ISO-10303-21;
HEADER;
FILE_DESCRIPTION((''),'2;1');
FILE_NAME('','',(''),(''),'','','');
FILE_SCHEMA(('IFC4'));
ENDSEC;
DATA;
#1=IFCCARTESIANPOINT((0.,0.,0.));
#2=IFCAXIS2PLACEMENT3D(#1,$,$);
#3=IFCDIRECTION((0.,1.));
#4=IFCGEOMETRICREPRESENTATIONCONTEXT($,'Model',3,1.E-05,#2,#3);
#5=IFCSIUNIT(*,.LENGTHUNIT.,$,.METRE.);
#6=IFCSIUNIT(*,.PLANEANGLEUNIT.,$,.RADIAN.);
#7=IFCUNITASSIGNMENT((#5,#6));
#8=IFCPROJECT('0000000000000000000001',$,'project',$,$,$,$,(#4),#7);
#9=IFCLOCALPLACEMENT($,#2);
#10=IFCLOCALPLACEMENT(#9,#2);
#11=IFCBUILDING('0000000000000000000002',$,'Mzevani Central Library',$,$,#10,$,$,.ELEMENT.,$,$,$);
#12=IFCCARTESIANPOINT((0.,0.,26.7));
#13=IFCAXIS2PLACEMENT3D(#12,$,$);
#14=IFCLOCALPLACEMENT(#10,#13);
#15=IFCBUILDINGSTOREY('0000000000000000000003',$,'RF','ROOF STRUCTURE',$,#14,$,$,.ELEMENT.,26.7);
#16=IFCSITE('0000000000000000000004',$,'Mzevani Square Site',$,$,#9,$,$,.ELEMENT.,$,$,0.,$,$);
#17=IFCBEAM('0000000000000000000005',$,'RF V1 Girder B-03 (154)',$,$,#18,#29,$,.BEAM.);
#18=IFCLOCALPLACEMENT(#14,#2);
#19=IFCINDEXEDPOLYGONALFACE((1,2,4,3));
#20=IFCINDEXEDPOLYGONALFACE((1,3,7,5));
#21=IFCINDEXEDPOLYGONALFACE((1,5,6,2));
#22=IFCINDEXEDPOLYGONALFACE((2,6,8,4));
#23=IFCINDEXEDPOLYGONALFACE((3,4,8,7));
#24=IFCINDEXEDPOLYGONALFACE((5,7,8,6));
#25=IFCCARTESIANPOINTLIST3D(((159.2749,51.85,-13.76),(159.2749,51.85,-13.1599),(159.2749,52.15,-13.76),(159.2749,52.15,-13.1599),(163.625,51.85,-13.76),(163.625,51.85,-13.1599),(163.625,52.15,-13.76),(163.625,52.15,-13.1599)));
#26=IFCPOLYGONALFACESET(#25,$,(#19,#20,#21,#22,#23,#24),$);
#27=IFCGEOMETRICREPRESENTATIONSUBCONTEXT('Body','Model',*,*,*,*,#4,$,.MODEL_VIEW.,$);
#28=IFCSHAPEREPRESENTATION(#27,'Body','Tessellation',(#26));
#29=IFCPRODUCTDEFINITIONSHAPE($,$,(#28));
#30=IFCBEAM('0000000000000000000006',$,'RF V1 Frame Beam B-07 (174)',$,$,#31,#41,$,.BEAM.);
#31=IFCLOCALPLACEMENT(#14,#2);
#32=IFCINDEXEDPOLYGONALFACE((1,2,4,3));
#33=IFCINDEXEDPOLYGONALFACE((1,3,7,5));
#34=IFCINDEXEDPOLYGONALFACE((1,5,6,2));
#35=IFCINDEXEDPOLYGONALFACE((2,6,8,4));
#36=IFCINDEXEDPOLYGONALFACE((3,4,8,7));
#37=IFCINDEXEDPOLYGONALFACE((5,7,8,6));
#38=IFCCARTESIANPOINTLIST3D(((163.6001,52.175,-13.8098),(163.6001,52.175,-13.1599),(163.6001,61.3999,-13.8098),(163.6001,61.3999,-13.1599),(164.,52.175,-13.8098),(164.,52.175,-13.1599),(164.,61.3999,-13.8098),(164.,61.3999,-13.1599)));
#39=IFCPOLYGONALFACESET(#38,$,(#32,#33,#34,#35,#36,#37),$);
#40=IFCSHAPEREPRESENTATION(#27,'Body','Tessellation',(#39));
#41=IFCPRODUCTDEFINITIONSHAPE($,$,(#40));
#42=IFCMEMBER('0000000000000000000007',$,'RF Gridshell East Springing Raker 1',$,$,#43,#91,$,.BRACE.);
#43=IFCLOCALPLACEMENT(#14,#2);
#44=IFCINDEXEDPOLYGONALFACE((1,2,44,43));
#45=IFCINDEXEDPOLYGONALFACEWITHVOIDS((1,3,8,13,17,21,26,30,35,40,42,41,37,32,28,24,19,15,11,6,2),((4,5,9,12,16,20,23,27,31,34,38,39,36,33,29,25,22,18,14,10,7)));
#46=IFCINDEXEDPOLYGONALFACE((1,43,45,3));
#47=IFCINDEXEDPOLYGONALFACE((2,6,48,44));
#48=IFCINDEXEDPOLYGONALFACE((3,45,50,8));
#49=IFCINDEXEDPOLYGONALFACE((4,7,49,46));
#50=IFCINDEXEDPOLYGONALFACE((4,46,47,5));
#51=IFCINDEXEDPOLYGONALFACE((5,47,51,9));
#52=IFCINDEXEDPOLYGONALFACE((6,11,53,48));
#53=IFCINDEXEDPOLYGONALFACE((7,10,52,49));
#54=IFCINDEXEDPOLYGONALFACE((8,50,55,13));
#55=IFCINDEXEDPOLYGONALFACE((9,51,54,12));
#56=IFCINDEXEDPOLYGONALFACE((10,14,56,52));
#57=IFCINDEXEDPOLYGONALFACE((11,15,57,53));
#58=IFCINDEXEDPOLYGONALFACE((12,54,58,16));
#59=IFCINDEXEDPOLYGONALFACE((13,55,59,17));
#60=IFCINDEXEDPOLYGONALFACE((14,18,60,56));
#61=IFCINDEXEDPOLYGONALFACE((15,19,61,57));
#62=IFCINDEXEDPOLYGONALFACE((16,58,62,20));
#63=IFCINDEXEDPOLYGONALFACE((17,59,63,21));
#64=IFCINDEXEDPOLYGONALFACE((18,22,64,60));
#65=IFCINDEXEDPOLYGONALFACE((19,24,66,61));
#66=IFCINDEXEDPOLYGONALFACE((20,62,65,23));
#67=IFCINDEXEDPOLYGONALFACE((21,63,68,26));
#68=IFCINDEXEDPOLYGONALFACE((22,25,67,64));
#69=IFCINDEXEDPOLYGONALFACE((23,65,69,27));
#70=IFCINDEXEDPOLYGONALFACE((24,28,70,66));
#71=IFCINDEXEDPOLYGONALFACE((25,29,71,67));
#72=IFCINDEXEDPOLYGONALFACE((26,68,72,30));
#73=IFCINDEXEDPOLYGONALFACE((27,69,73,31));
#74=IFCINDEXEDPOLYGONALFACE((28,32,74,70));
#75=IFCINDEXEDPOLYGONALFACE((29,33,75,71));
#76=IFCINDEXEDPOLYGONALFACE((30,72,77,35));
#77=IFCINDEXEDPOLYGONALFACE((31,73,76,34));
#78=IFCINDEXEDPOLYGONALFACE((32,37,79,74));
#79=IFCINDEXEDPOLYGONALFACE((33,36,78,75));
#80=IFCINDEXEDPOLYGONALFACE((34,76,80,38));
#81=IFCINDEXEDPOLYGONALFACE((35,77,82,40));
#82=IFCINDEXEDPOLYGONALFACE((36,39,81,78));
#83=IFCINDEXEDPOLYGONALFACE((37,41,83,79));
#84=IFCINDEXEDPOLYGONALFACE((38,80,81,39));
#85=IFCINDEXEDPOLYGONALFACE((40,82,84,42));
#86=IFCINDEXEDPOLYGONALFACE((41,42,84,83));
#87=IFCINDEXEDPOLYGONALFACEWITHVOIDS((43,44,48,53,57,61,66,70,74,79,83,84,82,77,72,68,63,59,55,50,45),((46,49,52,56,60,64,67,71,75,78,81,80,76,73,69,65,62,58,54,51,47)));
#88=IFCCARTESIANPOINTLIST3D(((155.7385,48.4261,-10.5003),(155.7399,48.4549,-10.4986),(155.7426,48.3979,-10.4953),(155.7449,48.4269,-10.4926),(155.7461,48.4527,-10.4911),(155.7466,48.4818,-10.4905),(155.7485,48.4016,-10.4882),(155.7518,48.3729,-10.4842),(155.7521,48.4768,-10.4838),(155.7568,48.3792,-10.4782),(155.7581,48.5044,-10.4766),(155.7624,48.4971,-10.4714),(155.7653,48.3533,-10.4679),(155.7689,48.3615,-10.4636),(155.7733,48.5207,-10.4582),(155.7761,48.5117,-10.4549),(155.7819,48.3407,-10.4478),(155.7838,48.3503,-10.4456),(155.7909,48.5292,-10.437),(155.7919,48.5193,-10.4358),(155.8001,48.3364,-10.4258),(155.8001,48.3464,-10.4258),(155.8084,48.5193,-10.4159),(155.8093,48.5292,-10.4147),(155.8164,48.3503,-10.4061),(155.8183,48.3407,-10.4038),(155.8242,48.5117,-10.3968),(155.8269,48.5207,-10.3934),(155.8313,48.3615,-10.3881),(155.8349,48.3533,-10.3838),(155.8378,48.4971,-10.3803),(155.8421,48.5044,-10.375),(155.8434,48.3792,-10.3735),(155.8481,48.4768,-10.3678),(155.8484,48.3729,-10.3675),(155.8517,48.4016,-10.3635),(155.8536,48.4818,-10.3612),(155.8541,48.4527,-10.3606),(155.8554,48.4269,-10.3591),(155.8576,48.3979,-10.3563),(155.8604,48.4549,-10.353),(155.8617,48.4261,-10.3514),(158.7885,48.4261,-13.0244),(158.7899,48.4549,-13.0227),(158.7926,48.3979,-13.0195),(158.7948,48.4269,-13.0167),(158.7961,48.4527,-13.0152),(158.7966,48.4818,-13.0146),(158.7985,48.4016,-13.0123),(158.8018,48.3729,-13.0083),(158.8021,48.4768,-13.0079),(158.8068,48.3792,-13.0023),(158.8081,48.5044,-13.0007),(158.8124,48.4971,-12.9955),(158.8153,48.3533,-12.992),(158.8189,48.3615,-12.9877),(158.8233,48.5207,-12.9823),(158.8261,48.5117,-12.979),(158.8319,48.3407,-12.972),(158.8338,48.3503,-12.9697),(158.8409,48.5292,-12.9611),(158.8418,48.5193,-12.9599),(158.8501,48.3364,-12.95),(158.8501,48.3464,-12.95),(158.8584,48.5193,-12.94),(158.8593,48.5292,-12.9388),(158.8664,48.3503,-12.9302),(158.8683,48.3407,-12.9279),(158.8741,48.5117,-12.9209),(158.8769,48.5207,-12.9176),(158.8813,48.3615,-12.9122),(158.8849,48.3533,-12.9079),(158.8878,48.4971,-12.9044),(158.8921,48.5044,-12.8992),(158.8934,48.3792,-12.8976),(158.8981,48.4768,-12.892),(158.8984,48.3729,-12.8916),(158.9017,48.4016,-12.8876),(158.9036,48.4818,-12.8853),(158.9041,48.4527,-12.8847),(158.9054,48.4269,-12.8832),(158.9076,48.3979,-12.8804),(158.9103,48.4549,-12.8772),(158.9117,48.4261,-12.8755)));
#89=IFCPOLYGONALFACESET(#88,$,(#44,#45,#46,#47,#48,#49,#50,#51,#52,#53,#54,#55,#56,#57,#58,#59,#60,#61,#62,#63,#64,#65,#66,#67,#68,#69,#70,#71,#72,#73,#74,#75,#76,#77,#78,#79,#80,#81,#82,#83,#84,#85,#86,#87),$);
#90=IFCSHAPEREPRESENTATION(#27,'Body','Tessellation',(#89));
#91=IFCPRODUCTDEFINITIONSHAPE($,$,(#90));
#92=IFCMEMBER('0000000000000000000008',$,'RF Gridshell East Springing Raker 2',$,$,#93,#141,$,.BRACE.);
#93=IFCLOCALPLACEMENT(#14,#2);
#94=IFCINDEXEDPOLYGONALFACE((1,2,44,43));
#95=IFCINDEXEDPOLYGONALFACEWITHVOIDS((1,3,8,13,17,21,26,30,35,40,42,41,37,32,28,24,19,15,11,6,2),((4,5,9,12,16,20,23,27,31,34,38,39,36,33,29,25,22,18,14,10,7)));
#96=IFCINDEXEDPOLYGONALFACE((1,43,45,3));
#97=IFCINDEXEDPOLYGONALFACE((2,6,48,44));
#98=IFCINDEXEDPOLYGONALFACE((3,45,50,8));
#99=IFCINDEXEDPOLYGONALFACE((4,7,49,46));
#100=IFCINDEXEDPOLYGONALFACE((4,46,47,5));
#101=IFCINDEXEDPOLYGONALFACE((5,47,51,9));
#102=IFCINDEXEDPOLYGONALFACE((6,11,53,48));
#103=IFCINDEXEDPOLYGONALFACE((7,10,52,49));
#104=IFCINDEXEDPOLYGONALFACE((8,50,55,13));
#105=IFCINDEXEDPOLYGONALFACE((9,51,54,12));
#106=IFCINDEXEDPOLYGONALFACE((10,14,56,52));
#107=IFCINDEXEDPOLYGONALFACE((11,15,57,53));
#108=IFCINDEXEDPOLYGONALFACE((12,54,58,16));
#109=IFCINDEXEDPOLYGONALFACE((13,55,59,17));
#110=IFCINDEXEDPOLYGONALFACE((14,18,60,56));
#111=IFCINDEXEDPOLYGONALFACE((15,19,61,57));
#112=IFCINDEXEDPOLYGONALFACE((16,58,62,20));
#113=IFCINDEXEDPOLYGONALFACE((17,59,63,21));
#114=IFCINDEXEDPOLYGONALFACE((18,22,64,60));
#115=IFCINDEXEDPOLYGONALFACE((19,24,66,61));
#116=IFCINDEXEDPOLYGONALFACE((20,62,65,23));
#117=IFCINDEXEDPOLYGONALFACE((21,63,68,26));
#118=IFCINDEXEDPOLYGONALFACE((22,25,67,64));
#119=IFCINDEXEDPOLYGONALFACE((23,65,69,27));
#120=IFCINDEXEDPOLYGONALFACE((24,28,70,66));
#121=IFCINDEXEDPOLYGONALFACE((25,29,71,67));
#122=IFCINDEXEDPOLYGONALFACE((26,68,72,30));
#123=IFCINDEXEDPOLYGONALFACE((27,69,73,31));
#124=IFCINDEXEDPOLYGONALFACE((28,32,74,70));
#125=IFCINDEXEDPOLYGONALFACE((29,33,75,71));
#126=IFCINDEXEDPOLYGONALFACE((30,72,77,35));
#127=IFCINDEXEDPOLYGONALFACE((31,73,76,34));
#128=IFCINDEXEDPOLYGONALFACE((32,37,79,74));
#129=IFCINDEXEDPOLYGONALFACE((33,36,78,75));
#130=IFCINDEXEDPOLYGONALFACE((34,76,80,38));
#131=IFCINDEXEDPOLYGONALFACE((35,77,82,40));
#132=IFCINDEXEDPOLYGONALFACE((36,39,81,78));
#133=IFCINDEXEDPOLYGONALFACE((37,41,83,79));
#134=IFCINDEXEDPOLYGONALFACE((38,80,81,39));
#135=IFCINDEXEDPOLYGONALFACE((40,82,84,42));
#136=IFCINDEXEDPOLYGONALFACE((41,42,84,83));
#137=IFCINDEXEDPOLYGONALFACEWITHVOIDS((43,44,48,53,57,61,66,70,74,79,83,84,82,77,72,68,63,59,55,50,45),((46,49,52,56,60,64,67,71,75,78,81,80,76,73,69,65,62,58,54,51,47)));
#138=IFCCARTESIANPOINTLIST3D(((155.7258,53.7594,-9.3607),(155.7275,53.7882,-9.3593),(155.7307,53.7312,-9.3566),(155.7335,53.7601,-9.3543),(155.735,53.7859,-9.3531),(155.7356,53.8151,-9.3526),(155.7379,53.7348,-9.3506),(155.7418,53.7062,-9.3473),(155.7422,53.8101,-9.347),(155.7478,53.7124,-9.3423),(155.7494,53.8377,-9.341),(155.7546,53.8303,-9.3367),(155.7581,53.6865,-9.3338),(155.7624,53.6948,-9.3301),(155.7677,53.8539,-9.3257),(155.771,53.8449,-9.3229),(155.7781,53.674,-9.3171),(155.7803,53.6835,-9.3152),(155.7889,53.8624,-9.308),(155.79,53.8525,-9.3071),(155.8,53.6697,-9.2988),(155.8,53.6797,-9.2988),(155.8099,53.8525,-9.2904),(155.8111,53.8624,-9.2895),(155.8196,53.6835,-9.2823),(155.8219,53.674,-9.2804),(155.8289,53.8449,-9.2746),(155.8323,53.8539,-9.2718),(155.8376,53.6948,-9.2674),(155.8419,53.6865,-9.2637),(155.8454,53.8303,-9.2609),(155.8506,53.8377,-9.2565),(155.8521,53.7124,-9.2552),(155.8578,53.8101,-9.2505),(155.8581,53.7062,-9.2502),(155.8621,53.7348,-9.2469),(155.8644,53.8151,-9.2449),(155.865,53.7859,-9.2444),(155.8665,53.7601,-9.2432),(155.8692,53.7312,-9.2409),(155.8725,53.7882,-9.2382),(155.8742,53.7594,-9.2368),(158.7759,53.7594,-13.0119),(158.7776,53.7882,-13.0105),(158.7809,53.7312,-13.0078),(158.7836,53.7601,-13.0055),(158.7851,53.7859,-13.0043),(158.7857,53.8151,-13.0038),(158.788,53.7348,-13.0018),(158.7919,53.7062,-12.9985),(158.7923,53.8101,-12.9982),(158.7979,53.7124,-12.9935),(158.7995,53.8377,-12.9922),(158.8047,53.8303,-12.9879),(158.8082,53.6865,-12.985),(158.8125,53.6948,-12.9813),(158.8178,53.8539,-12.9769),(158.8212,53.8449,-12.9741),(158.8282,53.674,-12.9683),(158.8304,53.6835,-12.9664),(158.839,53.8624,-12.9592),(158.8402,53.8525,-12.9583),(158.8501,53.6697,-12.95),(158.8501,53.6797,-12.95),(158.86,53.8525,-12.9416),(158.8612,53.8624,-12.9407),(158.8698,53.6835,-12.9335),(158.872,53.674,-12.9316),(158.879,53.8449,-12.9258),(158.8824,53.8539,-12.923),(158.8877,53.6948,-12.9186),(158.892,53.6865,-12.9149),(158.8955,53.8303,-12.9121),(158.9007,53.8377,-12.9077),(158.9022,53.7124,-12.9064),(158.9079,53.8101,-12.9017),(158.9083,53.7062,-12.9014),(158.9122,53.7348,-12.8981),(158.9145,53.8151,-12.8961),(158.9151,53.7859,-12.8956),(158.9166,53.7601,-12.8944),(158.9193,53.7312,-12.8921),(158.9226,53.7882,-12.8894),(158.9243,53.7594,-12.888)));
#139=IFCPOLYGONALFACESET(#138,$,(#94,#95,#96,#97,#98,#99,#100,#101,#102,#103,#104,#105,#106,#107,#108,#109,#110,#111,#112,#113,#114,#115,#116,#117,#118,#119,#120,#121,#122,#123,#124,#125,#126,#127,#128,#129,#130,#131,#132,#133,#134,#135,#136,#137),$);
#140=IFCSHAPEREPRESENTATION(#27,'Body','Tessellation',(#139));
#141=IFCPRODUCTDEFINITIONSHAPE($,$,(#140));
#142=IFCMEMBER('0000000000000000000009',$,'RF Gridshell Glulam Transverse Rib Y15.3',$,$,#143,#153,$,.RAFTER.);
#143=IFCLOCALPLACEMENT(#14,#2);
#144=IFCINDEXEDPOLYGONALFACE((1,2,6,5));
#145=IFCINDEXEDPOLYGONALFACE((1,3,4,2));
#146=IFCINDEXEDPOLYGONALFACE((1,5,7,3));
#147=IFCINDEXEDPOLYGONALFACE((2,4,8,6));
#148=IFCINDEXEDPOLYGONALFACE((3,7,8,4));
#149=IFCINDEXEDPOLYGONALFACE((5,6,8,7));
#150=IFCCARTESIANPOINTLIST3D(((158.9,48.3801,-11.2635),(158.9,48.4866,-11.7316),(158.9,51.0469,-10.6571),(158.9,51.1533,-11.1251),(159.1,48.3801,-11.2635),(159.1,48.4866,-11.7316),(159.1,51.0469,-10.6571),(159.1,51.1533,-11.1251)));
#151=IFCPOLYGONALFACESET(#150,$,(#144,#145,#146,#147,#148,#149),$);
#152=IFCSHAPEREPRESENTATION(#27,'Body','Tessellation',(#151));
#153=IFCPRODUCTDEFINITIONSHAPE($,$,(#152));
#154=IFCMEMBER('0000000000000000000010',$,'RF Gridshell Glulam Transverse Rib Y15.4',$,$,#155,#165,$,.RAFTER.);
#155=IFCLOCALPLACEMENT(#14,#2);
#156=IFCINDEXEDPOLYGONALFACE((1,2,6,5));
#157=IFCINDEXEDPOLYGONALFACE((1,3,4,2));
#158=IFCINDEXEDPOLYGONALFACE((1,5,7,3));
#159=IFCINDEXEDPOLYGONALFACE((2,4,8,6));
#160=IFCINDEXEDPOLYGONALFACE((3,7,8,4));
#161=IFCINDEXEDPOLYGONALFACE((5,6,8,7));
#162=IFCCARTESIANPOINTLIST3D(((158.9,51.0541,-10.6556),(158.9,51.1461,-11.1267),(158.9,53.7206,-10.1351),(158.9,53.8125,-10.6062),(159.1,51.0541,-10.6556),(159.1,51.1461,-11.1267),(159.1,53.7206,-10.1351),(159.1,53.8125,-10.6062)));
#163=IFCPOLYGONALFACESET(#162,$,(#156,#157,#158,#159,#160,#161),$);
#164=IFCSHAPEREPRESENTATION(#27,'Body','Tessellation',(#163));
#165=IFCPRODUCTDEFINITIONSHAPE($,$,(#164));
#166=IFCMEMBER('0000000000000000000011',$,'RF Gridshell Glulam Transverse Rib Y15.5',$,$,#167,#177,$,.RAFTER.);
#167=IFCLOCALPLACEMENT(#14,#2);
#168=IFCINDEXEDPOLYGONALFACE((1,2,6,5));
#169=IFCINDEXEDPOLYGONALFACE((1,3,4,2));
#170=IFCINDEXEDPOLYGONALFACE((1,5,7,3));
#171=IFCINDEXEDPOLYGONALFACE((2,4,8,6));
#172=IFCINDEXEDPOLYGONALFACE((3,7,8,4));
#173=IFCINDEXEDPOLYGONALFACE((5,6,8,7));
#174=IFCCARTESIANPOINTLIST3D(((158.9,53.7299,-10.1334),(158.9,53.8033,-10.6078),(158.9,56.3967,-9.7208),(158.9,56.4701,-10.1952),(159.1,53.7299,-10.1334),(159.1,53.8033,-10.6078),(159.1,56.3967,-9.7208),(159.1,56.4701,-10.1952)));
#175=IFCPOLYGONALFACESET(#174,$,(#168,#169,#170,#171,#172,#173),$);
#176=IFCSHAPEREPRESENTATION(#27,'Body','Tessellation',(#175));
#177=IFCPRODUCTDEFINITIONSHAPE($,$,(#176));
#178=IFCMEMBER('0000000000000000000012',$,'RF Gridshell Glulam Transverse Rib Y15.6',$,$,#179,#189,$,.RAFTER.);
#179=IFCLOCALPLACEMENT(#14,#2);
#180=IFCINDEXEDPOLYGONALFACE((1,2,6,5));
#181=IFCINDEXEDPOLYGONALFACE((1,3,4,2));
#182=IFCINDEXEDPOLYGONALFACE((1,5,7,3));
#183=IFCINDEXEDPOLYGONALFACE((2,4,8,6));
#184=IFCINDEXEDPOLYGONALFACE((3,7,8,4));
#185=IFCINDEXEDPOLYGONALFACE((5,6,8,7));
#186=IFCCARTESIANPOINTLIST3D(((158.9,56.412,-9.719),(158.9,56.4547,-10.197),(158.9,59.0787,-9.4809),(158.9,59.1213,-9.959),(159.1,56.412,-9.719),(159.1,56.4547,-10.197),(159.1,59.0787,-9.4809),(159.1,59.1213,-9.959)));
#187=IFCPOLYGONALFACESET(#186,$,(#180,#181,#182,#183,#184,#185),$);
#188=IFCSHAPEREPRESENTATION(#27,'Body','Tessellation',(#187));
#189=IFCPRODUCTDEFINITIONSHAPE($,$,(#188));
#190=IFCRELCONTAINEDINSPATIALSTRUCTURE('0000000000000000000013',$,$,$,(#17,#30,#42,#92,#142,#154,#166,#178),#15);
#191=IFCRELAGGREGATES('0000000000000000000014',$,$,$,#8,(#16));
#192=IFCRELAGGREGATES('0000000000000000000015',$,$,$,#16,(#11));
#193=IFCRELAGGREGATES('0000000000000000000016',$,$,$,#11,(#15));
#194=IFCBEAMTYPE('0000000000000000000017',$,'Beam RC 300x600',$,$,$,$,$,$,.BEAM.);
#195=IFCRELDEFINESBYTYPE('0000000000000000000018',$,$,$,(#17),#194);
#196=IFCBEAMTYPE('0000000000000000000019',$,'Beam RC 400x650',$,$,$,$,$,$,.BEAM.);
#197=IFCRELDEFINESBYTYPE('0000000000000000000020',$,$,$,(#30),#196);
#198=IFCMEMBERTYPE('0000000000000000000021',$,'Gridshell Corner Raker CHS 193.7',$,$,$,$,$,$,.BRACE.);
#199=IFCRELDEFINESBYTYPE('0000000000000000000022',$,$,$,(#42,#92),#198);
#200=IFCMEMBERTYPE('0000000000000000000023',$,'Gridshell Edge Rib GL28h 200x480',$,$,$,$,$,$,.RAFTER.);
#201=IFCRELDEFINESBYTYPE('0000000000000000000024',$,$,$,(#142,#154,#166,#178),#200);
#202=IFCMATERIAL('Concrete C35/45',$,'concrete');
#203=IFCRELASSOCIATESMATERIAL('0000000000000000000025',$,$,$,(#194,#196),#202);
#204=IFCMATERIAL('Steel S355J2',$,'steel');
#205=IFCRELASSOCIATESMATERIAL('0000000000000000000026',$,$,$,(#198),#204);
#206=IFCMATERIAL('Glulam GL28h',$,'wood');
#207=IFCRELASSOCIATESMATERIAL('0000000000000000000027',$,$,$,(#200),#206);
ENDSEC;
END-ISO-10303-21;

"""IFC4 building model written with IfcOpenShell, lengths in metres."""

from ifc_helpers import new_model, si_unit, direction, frame, origin, origin_2d, place, context, subcontext, project, spatial, rectangle, hollow_circle, extrude, material, material_profile, profile_set, type_object, element, save


model = new_model("IFC4")

# Units and contexts
model_context = context("Model", 3, precision=1e-05, world=origin(), true_north=direction((0.0, 1.0)))
body_context = subcontext(model_context, "Body", "Model", "MODEL_VIEW")
ifc_project = project(units=[si_unit("LENGTHUNIT", "METRE"), si_unit("PLANEANGLEUNIT", "RADIAN")], contexts=[model_context])

# Site, building, storey
site_placement = place(None, origin())
site = spatial("IfcSite", under=ifc_project, at=site_placement, Name="Mzevani Square Site", CompositionType="ELEMENT", RefElevation=0.0)
building_placement = place(site_placement, origin())
building = spatial("IfcBuilding", under=site, at=building_placement, Name="Mzevani Central Library", CompositionType="ELEMENT")
storey_placement = place(building_placement, frame((0.0, 0.0, 26.7)))
storey = spatial("IfcBuildingStorey", under=building, at=storey_placement, Name="RF", Description="ROOF STRUCTURE", CompositionType="ELEMENT", Elevation=26.7)

# Beams
ifc_material_1 = material(Name="Concrete C35/45", Category="concrete")
ifc_material_profile_1 = material_profile(ifc_material_1, rectangle(XDim=0.3, YDim=0.6001, at=origin_2d()), Name="RC B300x600")
ifc_profile_set_1 = profile_set([ifc_material_profile_1], Name="Concrete C35/45")
beam_type_1 = type_object("IfcBeamType", Name="Beam RC 300x600", PredefinedType="BEAM", material=ifc_profile_set_1)
beam_1_placement = place(storey_placement, frame((159.2749, 52.0, -13.46), z_axis=(1.0, 0.0, 0.0), x_axis=(0.0, 1.0, 0.0)))
element("IfcBeam", 1, at=beam_1_placement, inside=storey, type_object=beam_type_1, Name="RF V1 Girder B-03 (154)", PredefinedType="BEAM", context=body_context, shape_type="SweptSolid", body=[
    extrude(rectangle(XDim=0.3, YDim=0.6001, at=origin_2d()), origin(), (0.0, 0.0, 1.0), 4.3501),
])
ifc_material_profile_2 = material_profile(ifc_material_1, rectangle(XDim=0.3999, YDim=0.6499, at=origin_2d()), Name="RC B400x650")
ifc_profile_set_2 = profile_set([ifc_material_profile_2], Name="Concrete C35/45")
beam_type_2 = type_object("IfcBeamType", Name="Beam RC 400x650", PredefinedType="BEAM", material=ifc_profile_set_2)
beam_2_placement = place(storey_placement, frame((163.8, 52.175, -13.4849), z_axis=(0.0, 1.0, 0.0), x_axis=(-1.0, 0.0, 0.0)))
element("IfcBeam", 2, at=beam_2_placement, inside=storey, type_object=beam_type_2, Name="RF V1 Frame Beam B-07 (174)", PredefinedType="BEAM", context=body_context, shape_type="SweptSolid", body=[
    extrude(rectangle(XDim=0.3999, YDim=0.6499, at=origin_2d()), origin(), (0.0, 0.0, 1.0), 9.2249),
])

# Members
ifc_material_2 = material(Name="Steel S355J2", Category="steel")
ifc_material_profile_3 = material_profile(ifc_material_2, hollow_circle(Radius=0.0969, WallThickness=0.01, at=origin_2d()), Name="CHS 193.7x10.0")
ifc_profile_set_3 = profile_set([ifc_material_profile_3], Name="Steel S355J2")
member_type_1 = type_object("IfcMemberType", Name="Gridshell Corner Raker CHS 193.7", PredefinedType="BRACE", material=ifc_profile_set_3)
member_1_placement = place(storey_placement, frame((158.8501, 48.4333, -12.95), z_axis=(-0.770395, 0.0, 0.637566), x_axis=(0.0, -1.0, 0.0)))
element("IfcMember", 3, at=member_1_placement, inside=storey, type_object=member_type_1, Name="RF Gridshell East Springing Raker 1", PredefinedType="BRACE", context=body_context, shape_type="SweptSolid", body=[
    extrude(hollow_circle(Radius=0.0969, WallThickness=0.01, at=origin_2d()), origin(), (0.0, 0.0, 1.0), 3.959),
])
member_2_placement = place(storey_placement, frame((158.8501, 53.7666, -12.95), z_axis=(-0.641108, 0.0, 0.767451), x_axis=(0.0, -1.0, 0.0)))
element("IfcMember", 4, at=member_2_placement, inside=storey, type_object=member_type_1, Name="RF Gridshell East Springing Raker 2", PredefinedType="BRACE", context=body_context, shape_type="SweptSolid", body=[
    extrude(hollow_circle(Radius=0.0969, WallThickness=0.01, at=origin_2d()), origin(), (0.0, 0.0, 1.0), 4.7576),
])
ifc_material_3 = material(Name="Glulam GL28h", Category="wood")
ifc_material_profile_4 = material_profile(ifc_material_3, rectangle(XDim=0.2, YDim=0.48, at=origin_2d()), Name="GL28h 200x480")
ifc_profile_set_4 = profile_set([ifc_material_profile_4], Name="Glulam GL28h")
member_type_2 = type_object("IfcMemberType", Name="Gridshell Edge Rib GL28h 200x480", PredefinedType="RAFTER", material=ifc_profile_set_4)
member_3_placement = place(storey_placement, frame((159.0, 48.4333, -11.4976), z_axis=(0.0, 0.975104, 0.221748), x_axis=(-1.0, 0.0, 0.0)))
element("IfcMember", 5, at=member_3_placement, inside=storey, type_object=member_type_2, Name="RF Gridshell Glulam Transverse Rib Y15.3", PredefinedType="RAFTER", context=body_context, shape_type="SweptSolid", body=[
    extrude(rectangle(XDim=0.2, YDim=0.48, at=origin_2d()), origin(), (0.0, 0.0, 1.0), 2.7349),
])
member_4_placement = place(storey_placement, frame((159.0, 51.1001, -10.8911), z_axis=(0.0, 0.981476, 0.191586), x_axis=(-1.0, 0.0, 0.0)))
element("IfcMember", 6, at=member_4_placement, inside=storey, type_object=member_type_2, Name="RF Gridshell Glulam Transverse Rib Y15.4", PredefinedType="RAFTER", context=body_context, shape_type="SweptSolid", body=[
    extrude(rectangle(XDim=0.2, YDim=0.48, at=origin_2d()), origin(), (0.0, 0.0, 1.0), 2.7168),
])
member_5_placement = place(storey_placement, frame((159.0, 53.7666, -10.3706), z_axis=(0.0, 0.988242, 0.1529), x_axis=(-1.0, 0.0, 0.0)))
element("IfcMember", 7, at=member_5_placement, inside=storey, type_object=member_type_2, Name="RF Gridshell Glulam Transverse Rib Y15.5", PredefinedType="RAFTER", context=body_context, shape_type="SweptSolid", body=[
    extrude(rectangle(XDim=0.2, YDim=0.48, at=origin_2d()), origin(), (0.0, 0.0, 1.0), 2.6985),
])
member_6_placement = place(storey_placement, frame((159.0, 56.4333, -9.958), z_axis=(0.0, 0.99604, 0.088908), x_axis=(-1.0, 0.0, 0.0)))
element("IfcMember", 8, at=member_6_placement, inside=storey, type_object=member_type_2, Name="RF Gridshell Glulam Transverse Rib Y15.6", PredefinedType="RAFTER", context=body_context, shape_type="SweptSolid", body=[
    extrude(rectangle(XDim=0.2, YDim=0.48, at=origin_2d()), origin(), (0.0, 0.0, 1.0), 2.6772),
])

save(model, "model.ifc")
